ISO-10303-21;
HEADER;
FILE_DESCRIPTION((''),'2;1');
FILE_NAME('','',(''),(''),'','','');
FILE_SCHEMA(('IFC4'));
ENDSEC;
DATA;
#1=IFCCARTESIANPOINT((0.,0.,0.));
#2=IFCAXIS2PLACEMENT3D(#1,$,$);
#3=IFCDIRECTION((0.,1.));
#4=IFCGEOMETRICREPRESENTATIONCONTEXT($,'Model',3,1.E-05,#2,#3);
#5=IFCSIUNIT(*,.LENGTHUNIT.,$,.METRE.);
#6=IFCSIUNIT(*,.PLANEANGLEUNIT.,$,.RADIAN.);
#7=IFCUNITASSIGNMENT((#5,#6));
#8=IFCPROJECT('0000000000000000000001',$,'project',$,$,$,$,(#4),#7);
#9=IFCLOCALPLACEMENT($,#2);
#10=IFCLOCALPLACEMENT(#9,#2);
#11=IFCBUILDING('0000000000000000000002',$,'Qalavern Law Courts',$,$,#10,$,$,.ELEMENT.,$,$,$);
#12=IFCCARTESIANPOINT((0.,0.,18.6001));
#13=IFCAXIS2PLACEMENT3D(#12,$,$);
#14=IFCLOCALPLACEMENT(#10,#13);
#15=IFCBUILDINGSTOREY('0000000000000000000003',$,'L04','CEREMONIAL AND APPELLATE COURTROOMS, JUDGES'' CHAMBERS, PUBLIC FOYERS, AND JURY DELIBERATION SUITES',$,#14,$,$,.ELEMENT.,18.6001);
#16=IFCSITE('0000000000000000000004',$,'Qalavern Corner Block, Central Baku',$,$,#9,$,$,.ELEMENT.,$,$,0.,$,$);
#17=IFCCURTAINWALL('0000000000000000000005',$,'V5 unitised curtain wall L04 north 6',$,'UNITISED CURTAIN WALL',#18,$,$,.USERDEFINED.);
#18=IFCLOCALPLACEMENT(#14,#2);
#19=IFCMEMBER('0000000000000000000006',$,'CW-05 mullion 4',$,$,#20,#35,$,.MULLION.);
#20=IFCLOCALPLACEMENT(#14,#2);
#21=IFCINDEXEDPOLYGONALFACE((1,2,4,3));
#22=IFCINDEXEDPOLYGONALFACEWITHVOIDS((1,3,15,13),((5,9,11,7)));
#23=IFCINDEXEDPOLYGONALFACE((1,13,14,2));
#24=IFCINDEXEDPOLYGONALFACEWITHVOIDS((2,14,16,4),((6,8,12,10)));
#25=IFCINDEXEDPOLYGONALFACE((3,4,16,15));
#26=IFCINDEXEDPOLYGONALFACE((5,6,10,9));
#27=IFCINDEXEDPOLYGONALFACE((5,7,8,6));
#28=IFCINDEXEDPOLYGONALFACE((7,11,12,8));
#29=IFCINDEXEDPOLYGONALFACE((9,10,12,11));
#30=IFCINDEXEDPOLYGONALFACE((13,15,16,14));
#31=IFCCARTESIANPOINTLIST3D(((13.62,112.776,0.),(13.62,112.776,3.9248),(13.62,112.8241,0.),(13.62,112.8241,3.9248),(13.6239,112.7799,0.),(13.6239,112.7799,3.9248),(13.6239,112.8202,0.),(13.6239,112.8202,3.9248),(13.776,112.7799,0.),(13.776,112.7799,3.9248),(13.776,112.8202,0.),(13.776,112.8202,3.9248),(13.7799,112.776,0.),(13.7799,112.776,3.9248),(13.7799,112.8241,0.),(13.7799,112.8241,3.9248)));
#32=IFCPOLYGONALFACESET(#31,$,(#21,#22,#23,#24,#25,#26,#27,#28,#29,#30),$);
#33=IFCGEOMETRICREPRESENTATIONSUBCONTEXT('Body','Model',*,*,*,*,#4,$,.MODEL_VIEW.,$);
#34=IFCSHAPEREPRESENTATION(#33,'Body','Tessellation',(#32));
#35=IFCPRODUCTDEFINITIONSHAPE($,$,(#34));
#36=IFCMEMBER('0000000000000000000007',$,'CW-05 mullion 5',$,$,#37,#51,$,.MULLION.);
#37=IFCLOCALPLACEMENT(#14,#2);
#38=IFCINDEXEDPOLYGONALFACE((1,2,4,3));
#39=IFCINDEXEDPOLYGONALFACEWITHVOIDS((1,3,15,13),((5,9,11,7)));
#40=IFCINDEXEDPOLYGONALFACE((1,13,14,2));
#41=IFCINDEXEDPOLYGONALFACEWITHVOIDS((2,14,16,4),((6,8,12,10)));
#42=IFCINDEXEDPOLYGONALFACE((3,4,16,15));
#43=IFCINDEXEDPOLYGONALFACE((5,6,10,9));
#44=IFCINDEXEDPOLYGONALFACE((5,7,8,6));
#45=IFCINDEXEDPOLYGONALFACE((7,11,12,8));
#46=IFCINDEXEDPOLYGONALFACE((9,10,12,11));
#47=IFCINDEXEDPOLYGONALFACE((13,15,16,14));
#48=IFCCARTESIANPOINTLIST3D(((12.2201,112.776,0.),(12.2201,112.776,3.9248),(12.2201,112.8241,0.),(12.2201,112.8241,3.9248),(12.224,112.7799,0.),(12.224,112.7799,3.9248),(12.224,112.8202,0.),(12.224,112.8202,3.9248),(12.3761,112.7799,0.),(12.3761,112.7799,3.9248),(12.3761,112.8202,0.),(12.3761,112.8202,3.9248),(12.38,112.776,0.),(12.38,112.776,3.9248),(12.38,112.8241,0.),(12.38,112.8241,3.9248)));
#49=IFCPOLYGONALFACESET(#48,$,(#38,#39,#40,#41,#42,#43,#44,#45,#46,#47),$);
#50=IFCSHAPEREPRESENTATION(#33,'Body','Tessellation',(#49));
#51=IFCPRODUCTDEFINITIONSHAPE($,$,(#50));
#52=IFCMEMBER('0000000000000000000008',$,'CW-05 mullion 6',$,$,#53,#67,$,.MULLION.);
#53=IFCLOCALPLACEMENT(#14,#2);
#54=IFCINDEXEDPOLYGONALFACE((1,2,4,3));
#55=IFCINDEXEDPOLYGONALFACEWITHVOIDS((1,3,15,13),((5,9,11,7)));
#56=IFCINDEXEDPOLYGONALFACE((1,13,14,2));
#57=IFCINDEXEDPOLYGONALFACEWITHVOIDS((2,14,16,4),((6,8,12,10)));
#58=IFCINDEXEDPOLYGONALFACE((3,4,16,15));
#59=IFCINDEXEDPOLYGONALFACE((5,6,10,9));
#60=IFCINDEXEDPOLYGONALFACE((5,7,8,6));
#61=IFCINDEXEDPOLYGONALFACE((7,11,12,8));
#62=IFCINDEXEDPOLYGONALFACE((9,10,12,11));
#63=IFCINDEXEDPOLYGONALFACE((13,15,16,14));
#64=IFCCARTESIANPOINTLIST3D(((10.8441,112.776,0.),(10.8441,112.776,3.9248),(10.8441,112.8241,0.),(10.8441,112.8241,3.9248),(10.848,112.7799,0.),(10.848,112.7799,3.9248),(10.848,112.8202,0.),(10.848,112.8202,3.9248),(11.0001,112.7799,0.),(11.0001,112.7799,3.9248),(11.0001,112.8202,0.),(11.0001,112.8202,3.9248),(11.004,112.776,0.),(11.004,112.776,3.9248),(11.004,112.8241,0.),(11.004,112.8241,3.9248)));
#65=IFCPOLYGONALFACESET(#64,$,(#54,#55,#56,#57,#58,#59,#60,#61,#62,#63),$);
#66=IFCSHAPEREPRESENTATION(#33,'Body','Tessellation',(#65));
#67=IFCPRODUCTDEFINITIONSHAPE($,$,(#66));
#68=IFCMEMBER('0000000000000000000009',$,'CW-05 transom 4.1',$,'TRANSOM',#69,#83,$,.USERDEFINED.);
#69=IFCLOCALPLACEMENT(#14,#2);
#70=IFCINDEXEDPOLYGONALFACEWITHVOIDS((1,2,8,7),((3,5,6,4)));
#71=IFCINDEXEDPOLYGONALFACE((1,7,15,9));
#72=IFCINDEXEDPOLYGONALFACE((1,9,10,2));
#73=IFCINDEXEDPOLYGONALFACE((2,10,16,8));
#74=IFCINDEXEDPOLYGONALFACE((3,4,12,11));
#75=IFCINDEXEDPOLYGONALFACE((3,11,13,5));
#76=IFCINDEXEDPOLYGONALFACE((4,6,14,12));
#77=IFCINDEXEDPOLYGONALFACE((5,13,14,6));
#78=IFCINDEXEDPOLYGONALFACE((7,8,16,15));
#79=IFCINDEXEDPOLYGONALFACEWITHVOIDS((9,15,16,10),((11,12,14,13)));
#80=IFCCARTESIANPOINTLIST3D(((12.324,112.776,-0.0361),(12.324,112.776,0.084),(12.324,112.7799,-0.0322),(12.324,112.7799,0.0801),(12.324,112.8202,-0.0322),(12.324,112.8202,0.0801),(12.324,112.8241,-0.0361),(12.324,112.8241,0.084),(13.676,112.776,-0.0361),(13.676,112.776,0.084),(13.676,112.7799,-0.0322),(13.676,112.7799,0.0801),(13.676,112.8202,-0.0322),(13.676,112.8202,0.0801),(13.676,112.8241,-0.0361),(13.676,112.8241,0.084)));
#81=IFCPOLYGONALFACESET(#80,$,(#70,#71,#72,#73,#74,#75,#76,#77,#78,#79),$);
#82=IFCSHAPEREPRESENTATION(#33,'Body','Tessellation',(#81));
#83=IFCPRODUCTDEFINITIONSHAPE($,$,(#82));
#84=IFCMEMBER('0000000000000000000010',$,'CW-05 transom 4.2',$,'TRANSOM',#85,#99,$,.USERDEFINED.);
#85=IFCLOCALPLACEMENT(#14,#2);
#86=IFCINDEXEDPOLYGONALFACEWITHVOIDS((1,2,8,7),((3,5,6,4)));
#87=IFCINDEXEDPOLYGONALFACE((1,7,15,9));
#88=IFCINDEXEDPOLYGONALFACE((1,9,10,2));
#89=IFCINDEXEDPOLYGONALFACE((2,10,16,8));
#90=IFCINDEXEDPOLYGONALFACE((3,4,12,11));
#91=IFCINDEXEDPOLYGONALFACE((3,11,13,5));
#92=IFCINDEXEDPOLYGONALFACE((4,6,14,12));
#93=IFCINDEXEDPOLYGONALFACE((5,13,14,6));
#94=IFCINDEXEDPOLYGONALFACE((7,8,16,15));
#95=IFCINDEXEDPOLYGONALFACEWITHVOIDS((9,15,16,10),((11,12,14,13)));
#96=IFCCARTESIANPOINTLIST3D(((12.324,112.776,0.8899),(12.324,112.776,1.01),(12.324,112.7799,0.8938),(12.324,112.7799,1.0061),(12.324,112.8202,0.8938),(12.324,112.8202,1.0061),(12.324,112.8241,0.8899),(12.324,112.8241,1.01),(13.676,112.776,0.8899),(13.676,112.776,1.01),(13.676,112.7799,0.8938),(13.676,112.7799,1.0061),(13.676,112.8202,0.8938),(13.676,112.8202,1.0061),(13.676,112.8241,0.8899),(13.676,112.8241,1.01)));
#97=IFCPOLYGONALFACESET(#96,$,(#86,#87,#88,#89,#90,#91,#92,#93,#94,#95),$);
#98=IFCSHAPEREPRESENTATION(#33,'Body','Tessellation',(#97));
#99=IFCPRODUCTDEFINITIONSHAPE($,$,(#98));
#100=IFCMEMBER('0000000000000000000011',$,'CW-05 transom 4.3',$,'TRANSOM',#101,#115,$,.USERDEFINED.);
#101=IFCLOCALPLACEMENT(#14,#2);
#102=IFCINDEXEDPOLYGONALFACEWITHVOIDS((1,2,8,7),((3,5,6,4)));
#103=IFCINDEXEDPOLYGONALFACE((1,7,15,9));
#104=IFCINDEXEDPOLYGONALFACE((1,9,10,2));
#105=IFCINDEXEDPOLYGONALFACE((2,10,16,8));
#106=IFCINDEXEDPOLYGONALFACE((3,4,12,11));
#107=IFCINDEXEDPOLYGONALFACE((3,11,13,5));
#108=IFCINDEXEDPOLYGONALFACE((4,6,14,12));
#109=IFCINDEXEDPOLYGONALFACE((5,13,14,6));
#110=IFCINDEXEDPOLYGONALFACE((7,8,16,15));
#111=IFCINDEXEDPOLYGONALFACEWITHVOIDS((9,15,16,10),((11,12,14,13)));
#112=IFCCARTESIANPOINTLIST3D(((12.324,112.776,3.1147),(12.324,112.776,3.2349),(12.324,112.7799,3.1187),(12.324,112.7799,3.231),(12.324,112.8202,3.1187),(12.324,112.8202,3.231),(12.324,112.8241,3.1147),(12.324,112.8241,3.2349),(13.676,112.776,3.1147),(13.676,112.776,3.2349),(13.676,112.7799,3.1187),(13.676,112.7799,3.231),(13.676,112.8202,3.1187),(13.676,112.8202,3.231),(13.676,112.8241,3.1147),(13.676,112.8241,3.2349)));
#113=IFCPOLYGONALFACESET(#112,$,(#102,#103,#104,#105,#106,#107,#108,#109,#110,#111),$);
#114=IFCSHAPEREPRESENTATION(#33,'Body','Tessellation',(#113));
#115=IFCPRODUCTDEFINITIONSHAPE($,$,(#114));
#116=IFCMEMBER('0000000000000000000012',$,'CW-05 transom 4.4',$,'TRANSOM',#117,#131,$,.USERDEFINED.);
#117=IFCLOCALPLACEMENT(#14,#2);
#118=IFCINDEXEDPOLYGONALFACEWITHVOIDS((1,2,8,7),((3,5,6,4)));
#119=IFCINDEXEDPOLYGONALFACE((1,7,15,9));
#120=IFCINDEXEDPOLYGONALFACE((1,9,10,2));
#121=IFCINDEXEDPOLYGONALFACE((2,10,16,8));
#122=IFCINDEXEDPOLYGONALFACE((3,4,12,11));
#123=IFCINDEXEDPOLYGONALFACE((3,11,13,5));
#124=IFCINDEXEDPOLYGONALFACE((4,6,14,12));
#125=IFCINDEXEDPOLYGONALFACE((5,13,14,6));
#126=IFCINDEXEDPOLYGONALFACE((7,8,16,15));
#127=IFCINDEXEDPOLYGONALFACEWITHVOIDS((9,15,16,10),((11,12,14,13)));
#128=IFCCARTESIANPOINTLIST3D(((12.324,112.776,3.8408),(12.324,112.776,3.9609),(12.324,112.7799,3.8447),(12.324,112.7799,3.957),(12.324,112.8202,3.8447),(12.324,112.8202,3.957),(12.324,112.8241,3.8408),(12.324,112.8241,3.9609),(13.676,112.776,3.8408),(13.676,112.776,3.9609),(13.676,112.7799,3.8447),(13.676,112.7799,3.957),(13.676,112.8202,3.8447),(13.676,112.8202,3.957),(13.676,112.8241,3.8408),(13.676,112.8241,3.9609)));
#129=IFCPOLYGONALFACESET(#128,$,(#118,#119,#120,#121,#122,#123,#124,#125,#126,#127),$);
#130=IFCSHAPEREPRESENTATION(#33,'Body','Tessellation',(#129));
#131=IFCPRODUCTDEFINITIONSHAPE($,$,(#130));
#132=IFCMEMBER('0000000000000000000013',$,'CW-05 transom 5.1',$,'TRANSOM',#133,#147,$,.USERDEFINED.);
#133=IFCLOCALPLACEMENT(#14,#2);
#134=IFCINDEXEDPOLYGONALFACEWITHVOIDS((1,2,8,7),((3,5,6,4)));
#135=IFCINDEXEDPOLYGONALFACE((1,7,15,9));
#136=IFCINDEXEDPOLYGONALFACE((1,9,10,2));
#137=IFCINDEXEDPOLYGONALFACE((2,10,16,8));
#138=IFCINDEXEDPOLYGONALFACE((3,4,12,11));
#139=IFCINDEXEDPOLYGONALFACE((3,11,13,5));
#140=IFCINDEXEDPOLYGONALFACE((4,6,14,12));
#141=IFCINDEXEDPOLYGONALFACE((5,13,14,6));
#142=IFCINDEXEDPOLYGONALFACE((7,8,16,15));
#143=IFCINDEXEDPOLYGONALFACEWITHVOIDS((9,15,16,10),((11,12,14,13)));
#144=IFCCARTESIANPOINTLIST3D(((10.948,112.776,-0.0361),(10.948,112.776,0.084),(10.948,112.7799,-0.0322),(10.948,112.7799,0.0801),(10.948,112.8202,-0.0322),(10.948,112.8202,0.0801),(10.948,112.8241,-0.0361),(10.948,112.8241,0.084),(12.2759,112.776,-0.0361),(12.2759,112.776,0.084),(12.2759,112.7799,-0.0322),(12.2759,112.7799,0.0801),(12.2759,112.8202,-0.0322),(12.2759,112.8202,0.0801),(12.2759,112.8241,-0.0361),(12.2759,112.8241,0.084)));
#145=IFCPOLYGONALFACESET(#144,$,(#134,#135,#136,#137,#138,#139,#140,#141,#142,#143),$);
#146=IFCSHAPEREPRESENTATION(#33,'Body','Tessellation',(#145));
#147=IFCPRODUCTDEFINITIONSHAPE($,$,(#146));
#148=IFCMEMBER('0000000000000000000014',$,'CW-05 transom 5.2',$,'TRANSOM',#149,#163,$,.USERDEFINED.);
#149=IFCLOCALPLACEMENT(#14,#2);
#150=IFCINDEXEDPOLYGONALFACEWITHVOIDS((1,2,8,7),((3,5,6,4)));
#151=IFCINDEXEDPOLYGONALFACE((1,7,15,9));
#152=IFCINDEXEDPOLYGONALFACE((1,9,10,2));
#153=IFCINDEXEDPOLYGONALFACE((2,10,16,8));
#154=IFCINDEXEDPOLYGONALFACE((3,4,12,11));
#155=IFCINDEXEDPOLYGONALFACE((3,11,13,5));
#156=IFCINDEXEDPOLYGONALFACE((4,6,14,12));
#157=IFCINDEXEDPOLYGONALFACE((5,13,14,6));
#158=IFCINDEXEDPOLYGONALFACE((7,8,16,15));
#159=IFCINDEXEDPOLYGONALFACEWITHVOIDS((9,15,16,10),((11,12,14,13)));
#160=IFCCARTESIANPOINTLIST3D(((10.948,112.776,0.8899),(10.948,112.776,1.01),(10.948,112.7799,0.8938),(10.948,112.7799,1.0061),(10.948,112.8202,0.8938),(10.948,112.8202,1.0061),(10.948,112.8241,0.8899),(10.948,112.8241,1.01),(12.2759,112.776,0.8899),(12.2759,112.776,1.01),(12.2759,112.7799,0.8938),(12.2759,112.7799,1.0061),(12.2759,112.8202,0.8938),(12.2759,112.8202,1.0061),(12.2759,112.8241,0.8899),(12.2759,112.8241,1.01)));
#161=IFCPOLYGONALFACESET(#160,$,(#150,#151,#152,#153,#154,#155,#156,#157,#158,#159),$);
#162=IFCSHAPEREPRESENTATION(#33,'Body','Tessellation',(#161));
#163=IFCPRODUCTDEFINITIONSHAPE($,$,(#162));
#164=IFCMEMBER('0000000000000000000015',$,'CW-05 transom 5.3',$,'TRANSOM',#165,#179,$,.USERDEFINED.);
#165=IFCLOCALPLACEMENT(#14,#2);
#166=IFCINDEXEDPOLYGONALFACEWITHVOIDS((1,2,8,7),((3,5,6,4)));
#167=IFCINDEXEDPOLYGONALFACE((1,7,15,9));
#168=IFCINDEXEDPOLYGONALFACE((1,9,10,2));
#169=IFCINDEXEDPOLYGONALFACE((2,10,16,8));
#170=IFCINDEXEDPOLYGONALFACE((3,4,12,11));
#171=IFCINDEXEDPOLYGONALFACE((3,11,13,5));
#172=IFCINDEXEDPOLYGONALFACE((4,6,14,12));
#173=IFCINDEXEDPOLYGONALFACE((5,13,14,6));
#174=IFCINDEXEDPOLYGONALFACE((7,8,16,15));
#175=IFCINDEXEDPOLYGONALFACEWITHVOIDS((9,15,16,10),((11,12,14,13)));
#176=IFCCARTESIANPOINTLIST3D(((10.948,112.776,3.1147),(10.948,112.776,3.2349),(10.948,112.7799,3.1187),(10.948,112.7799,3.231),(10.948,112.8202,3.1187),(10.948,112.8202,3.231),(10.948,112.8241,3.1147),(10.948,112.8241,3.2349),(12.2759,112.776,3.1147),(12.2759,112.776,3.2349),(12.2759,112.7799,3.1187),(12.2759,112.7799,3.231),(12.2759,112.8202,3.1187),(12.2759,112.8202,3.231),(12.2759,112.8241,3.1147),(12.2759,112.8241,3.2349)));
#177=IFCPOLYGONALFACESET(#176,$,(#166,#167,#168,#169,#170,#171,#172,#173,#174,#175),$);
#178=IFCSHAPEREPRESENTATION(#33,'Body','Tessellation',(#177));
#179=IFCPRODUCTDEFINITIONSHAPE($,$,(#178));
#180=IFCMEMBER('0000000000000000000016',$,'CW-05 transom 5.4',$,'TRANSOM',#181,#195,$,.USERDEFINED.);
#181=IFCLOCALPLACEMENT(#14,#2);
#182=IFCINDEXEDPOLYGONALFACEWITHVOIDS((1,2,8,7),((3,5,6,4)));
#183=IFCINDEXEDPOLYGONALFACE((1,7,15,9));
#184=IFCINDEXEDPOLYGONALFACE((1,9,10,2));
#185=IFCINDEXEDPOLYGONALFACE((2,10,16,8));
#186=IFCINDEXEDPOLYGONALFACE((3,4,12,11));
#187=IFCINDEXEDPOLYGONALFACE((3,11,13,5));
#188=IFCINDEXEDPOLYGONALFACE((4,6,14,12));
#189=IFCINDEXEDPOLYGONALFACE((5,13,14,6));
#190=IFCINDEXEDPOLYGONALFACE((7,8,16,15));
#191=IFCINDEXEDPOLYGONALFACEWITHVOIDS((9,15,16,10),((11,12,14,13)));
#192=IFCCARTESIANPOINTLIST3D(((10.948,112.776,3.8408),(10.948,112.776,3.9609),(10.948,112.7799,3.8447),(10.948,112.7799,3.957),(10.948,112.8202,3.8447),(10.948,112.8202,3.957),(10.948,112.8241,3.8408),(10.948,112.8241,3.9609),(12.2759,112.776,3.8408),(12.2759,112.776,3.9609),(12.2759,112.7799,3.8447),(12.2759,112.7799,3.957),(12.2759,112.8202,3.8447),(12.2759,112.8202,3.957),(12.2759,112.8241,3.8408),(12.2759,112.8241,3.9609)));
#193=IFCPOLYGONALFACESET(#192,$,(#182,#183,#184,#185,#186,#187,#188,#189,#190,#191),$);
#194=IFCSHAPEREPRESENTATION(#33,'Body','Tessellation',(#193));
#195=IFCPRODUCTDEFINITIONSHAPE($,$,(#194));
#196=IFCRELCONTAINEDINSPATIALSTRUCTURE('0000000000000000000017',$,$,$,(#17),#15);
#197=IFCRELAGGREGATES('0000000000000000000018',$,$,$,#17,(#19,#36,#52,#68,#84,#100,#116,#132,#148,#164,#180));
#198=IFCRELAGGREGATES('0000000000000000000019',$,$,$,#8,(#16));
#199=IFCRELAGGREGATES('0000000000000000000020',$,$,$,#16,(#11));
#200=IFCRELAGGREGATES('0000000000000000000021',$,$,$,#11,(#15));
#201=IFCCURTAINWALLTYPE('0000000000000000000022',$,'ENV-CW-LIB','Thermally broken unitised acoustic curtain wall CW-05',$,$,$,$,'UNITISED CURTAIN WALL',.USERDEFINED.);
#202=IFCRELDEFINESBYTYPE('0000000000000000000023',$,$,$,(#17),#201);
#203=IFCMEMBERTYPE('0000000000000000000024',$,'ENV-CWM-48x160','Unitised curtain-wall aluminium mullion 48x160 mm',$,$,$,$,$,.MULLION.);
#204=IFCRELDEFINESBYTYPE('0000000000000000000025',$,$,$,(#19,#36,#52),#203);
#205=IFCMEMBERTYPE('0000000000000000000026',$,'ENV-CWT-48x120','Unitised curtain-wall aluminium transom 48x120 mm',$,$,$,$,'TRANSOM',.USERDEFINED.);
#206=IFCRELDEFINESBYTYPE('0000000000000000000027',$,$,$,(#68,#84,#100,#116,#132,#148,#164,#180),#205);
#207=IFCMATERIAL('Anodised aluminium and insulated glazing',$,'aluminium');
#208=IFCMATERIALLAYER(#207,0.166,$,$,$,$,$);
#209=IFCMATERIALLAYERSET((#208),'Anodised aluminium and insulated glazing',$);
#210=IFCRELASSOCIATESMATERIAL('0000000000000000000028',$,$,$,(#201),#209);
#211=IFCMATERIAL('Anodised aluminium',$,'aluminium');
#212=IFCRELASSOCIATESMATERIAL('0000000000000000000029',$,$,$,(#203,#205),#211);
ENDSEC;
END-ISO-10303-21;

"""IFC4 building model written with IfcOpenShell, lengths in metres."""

from ifc_helpers import new_model, si_unit, direction, frame, origin, origin_2d, place, context, subcontext, project, spatial, hollow_rectangle, extrude, material, layer, layer_set, material_profile, profile_set, type_object, element, aggregate, save


model = new_model("IFC4")

# Units and contexts
model_context = context("Model", 3, precision=1e-05, world=origin(), true_north=direction((0.0, 1.0)))
body_context = subcontext(model_context, "Body", "Model", "MODEL_VIEW")
ifc_project = project(units=[si_unit("LENGTHUNIT", "METRE"), si_unit("PLANEANGLEUNIT", "RADIAN")], contexts=[model_context])

# Site, building, storey
site_placement = place(None, origin())
site = spatial("IfcSite", under=ifc_project, at=site_placement, Name="Qalavern Corner Block, Central Baku", CompositionType="ELEMENT", RefElevation=0.0)
building_placement = place(site_placement, origin())
building = spatial("IfcBuilding", under=site, at=building_placement, Name="Qalavern Law Courts", CompositionType="ELEMENT")
storey_placement = place(building_placement, frame((0.0, 0.0, 18.6001)))
storey = spatial("IfcBuildingStorey", under=building, at=storey_placement, Name="L04", Description="CEREMONIAL AND APPELLATE COURTROOMS, JUDGES' CHAMBERS, PUBLIC FOYERS, AND JURY DELIBERATION SUITES", CompositionType="ELEMENT", Elevation=18.6001)

# Curtain wall, members
ifc_material_1 = material(Name="Anodised aluminium and insulated glazing", Category="aluminium")
ifc_layer_1 = layer(ifc_material_1, 0.166)
ifc_layer_set_1 = layer_set([ifc_layer_1], Name="Anodised aluminium and insulated glazing")
curtain_wall_type = type_object("IfcCurtainWallType", Name="ENV-CW-LIB", Description="Thermally broken unitised acoustic curtain wall CW-05", ElementType="UNITISED CURTAIN WALL", PredefinedType="USERDEFINED", material=ifc_layer_set_1)
curtain_wall_placement = place(storey_placement, origin())
curtain_wall = element("IfcCurtainWall", 1, at=curtain_wall_placement, inside=storey, type_object=curtain_wall_type, Name="V5 unitised curtain wall L04 north 6", ObjectType="UNITISED CURTAIN WALL", PredefinedType="USERDEFINED")
ifc_material_2 = material(Name="Anodised aluminium", Category="aluminium")
ifc_material_profile_1 = material_profile(ifc_material_2, hollow_rectangle(XDim=0.0481, YDim=0.1599, WallThickness=0.0039, at=origin_2d()), Name="ALU MULLION 48x160")
ifc_profile_set_1 = profile_set([ifc_material_profile_1], Name="Anodised aluminium")
member_type_1 = type_object("IfcMemberType", Name="ENV-CWM-48x160", Description="Unitised curtain-wall aluminium mullion 48x160 mm", PredefinedType="MULLION", material=ifc_profile_set_1)
member_1_placement = place(storey_placement, frame((13.7, 112.8, 0.0), z_axis=(0.0, 0.0, 1.0), x_axis=(0.0, -1.0, 0.0)))
member_1 = element("IfcMember", 2, at=member_1_placement, type_object=member_type_1, Name="CW-05 mullion 4", PredefinedType="MULLION", context=body_context, shape_type="SweptSolid", body=[
    extrude(hollow_rectangle(XDim=0.0481, YDim=0.1599, WallThickness=0.0039, at=origin_2d()), origin(), (0.0, 0.0, 1.0), 3.9248),
])
member_2_placement = place(storey_placement, frame((12.3, 112.8, 0.0), z_axis=(0.0, 0.0, 1.0), x_axis=(0.0, -1.0, 0.0)))
member_2 = element("IfcMember", 3, at=member_2_placement, type_object=member_type_1, Name="CW-05 mullion 5", PredefinedType="MULLION", context=body_context, shape_type="SweptSolid", body=[
    extrude(hollow_rectangle(XDim=0.0481, YDim=0.1599, WallThickness=0.0039, at=origin_2d()), origin(), (0.0, 0.0, 1.0), 3.9248),
])
member_3_placement = place(storey_placement, frame((10.9241, 112.8, 0.0), z_axis=(0.0, 0.0, 1.0), x_axis=(0.0, -1.0, 0.0)))
member_3 = element("IfcMember", 4, at=member_3_placement, type_object=member_type_1, Name="CW-05 mullion 6", PredefinedType="MULLION", context=body_context, shape_type="SweptSolid", body=[
    extrude(hollow_rectangle(XDim=0.0481, YDim=0.1599, WallThickness=0.0039, at=origin_2d()), origin(), (0.0, 0.0, 1.0), 3.9248),
])
ifc_material_profile_2 = material_profile(ifc_material_2, hollow_rectangle(XDim=0.0481, YDim=0.1201, WallThickness=0.0039, at=origin_2d()), Name="ALU TRANSOM 48x120")
ifc_profile_set_2 = profile_set([ifc_material_profile_2], Name="Anodised aluminium")
member_type_2 = type_object("IfcMemberType", Name="ENV-CWT-48x120", Description="Unitised curtain-wall aluminium transom 48x120 mm", ElementType="TRANSOM", PredefinedType="USERDEFINED", material=ifc_profile_set_2)
member_4_placement = place(storey_placement, frame((13.676, 112.8, 0.0239), z_axis=(-1.0, 0.0, 0.0), x_axis=(0.0, -1.0, 0.0)))
member_4 = element("IfcMember", 5, at=member_4_placement, type_object=member_type_2, Name="CW-05 transom 4.1", ObjectType="TRANSOM", PredefinedType="USERDEFINED", context=body_context, shape_type="SweptSolid", body=[
    extrude(hollow_rectangle(XDim=0.0481, YDim=0.1201, WallThickness=0.0039, at=origin_2d()), origin(), (0.0, 0.0, 1.0), 1.3521),
])
member_5_placement = place(storey_placement, frame((13.676, 112.8, 0.95), z_axis=(-1.0, 0.0, 0.0), x_axis=(0.0, -1.0, 0.0)))
member_5 = element("IfcMember", 6, at=member_5_placement, type_object=member_type_2, Name="CW-05 transom 4.2", ObjectType="TRANSOM", PredefinedType="USERDEFINED", context=body_context, shape_type="SweptSolid", body=[
    extrude(hollow_rectangle(XDim=0.0481, YDim=0.1201, WallThickness=0.0039, at=origin_2d()), origin(), (0.0, 0.0, 1.0), 1.3521),
])
member_6_placement = place(storey_placement, frame((13.676, 112.8, 3.1748), z_axis=(-1.0, 0.0, 0.0), x_axis=(0.0, -1.0, 0.0)))
member_6 = element("IfcMember", 7, at=member_6_placement, type_object=member_type_2, Name="CW-05 transom 4.3", ObjectType="TRANSOM", PredefinedType="USERDEFINED", context=body_context, shape_type="SweptSolid", body=[
    extrude(hollow_rectangle(XDim=0.0481, YDim=0.1201, WallThickness=0.0039, at=origin_2d()), origin(), (0.0, 0.0, 1.0), 1.3521),
])
member_7_placement = place(storey_placement, frame((13.676, 112.8, 3.9009), z_axis=(-1.0, 0.0, 0.0), x_axis=(0.0, -1.0, 0.0)))
member_7 = element("IfcMember", 8, at=member_7_placement, type_object=member_type_2, Name="CW-05 transom 4.4", ObjectType="TRANSOM", PredefinedType="USERDEFINED", context=body_context, shape_type="SweptSolid", body=[
    extrude(hollow_rectangle(XDim=0.0481, YDim=0.1201, WallThickness=0.0039, at=origin_2d()), origin(), (0.0, 0.0, 1.0), 1.3521),
])
member_8_placement = place(storey_placement, frame((12.2759, 112.8, 0.0239), z_axis=(-1.0, 0.0, 0.0), x_axis=(0.0, -1.0, 0.0)))
member_8 = element("IfcMember", 9, at=member_8_placement, type_object=member_type_2, Name="CW-05 transom 5.1", ObjectType="TRANSOM", PredefinedType="USERDEFINED", context=body_context, shape_type="SweptSolid", body=[
    extrude(hollow_rectangle(XDim=0.0481, YDim=0.1201, WallThickness=0.0039, at=origin_2d()), origin(), (0.0, 0.0, 1.0), 1.3279),
])
member_9_placement = place(storey_placement, frame((12.2759, 112.8, 0.95), z_axis=(-1.0, 0.0, 0.0), x_axis=(0.0, -1.0, 0.0)))
member_9 = element("IfcMember", 10, at=member_9_placement, type_object=member_type_2, Name="CW-05 transom 5.2", ObjectType="TRANSOM", PredefinedType="USERDEFINED", context=body_context, shape_type="SweptSolid", body=[
    extrude(hollow_rectangle(XDim=0.0481, YDim=0.1201, WallThickness=0.0039, at=origin_2d()), origin(), (0.0, 0.0, 1.0), 1.3279),
])
member_10_placement = place(storey_placement, frame((12.2759, 112.8, 3.1748), z_axis=(-1.0, 0.0, 0.0), x_axis=(0.0, -1.0, 0.0)))
member_10 = element("IfcMember", 11, at=member_10_placement, type_object=member_type_2, Name="CW-05 transom 5.3", ObjectType="TRANSOM", PredefinedType="USERDEFINED", context=body_context, shape_type="SweptSolid", body=[
    extrude(hollow_rectangle(XDim=0.0481, YDim=0.1201, WallThickness=0.0039, at=origin_2d()), origin(), (0.0, 0.0, 1.0), 1.3279),
])
member_11_placement = place(storey_placement, frame((12.2759, 112.8, 3.9009), z_axis=(-1.0, 0.0, 0.0), x_axis=(0.0, -1.0, 0.0)))
member_11 = element("IfcMember", 12, at=member_11_placement, type_object=member_type_2, Name="CW-05 transom 5.4", ObjectType="TRANSOM", PredefinedType="USERDEFINED", context=body_context, shape_type="SweptSolid", body=[
    extrude(hollow_rectangle(XDim=0.0481, YDim=0.1201, WallThickness=0.0039, at=origin_2d()), origin(), (0.0, 0.0, 1.0), 1.3279),
])
aggregate(curtain_wall, [member_1, member_2, member_3, member_4, member_5, member_6, member_7, member_8, member_9, member_10, member_11])

save(model, "model.ifc")
